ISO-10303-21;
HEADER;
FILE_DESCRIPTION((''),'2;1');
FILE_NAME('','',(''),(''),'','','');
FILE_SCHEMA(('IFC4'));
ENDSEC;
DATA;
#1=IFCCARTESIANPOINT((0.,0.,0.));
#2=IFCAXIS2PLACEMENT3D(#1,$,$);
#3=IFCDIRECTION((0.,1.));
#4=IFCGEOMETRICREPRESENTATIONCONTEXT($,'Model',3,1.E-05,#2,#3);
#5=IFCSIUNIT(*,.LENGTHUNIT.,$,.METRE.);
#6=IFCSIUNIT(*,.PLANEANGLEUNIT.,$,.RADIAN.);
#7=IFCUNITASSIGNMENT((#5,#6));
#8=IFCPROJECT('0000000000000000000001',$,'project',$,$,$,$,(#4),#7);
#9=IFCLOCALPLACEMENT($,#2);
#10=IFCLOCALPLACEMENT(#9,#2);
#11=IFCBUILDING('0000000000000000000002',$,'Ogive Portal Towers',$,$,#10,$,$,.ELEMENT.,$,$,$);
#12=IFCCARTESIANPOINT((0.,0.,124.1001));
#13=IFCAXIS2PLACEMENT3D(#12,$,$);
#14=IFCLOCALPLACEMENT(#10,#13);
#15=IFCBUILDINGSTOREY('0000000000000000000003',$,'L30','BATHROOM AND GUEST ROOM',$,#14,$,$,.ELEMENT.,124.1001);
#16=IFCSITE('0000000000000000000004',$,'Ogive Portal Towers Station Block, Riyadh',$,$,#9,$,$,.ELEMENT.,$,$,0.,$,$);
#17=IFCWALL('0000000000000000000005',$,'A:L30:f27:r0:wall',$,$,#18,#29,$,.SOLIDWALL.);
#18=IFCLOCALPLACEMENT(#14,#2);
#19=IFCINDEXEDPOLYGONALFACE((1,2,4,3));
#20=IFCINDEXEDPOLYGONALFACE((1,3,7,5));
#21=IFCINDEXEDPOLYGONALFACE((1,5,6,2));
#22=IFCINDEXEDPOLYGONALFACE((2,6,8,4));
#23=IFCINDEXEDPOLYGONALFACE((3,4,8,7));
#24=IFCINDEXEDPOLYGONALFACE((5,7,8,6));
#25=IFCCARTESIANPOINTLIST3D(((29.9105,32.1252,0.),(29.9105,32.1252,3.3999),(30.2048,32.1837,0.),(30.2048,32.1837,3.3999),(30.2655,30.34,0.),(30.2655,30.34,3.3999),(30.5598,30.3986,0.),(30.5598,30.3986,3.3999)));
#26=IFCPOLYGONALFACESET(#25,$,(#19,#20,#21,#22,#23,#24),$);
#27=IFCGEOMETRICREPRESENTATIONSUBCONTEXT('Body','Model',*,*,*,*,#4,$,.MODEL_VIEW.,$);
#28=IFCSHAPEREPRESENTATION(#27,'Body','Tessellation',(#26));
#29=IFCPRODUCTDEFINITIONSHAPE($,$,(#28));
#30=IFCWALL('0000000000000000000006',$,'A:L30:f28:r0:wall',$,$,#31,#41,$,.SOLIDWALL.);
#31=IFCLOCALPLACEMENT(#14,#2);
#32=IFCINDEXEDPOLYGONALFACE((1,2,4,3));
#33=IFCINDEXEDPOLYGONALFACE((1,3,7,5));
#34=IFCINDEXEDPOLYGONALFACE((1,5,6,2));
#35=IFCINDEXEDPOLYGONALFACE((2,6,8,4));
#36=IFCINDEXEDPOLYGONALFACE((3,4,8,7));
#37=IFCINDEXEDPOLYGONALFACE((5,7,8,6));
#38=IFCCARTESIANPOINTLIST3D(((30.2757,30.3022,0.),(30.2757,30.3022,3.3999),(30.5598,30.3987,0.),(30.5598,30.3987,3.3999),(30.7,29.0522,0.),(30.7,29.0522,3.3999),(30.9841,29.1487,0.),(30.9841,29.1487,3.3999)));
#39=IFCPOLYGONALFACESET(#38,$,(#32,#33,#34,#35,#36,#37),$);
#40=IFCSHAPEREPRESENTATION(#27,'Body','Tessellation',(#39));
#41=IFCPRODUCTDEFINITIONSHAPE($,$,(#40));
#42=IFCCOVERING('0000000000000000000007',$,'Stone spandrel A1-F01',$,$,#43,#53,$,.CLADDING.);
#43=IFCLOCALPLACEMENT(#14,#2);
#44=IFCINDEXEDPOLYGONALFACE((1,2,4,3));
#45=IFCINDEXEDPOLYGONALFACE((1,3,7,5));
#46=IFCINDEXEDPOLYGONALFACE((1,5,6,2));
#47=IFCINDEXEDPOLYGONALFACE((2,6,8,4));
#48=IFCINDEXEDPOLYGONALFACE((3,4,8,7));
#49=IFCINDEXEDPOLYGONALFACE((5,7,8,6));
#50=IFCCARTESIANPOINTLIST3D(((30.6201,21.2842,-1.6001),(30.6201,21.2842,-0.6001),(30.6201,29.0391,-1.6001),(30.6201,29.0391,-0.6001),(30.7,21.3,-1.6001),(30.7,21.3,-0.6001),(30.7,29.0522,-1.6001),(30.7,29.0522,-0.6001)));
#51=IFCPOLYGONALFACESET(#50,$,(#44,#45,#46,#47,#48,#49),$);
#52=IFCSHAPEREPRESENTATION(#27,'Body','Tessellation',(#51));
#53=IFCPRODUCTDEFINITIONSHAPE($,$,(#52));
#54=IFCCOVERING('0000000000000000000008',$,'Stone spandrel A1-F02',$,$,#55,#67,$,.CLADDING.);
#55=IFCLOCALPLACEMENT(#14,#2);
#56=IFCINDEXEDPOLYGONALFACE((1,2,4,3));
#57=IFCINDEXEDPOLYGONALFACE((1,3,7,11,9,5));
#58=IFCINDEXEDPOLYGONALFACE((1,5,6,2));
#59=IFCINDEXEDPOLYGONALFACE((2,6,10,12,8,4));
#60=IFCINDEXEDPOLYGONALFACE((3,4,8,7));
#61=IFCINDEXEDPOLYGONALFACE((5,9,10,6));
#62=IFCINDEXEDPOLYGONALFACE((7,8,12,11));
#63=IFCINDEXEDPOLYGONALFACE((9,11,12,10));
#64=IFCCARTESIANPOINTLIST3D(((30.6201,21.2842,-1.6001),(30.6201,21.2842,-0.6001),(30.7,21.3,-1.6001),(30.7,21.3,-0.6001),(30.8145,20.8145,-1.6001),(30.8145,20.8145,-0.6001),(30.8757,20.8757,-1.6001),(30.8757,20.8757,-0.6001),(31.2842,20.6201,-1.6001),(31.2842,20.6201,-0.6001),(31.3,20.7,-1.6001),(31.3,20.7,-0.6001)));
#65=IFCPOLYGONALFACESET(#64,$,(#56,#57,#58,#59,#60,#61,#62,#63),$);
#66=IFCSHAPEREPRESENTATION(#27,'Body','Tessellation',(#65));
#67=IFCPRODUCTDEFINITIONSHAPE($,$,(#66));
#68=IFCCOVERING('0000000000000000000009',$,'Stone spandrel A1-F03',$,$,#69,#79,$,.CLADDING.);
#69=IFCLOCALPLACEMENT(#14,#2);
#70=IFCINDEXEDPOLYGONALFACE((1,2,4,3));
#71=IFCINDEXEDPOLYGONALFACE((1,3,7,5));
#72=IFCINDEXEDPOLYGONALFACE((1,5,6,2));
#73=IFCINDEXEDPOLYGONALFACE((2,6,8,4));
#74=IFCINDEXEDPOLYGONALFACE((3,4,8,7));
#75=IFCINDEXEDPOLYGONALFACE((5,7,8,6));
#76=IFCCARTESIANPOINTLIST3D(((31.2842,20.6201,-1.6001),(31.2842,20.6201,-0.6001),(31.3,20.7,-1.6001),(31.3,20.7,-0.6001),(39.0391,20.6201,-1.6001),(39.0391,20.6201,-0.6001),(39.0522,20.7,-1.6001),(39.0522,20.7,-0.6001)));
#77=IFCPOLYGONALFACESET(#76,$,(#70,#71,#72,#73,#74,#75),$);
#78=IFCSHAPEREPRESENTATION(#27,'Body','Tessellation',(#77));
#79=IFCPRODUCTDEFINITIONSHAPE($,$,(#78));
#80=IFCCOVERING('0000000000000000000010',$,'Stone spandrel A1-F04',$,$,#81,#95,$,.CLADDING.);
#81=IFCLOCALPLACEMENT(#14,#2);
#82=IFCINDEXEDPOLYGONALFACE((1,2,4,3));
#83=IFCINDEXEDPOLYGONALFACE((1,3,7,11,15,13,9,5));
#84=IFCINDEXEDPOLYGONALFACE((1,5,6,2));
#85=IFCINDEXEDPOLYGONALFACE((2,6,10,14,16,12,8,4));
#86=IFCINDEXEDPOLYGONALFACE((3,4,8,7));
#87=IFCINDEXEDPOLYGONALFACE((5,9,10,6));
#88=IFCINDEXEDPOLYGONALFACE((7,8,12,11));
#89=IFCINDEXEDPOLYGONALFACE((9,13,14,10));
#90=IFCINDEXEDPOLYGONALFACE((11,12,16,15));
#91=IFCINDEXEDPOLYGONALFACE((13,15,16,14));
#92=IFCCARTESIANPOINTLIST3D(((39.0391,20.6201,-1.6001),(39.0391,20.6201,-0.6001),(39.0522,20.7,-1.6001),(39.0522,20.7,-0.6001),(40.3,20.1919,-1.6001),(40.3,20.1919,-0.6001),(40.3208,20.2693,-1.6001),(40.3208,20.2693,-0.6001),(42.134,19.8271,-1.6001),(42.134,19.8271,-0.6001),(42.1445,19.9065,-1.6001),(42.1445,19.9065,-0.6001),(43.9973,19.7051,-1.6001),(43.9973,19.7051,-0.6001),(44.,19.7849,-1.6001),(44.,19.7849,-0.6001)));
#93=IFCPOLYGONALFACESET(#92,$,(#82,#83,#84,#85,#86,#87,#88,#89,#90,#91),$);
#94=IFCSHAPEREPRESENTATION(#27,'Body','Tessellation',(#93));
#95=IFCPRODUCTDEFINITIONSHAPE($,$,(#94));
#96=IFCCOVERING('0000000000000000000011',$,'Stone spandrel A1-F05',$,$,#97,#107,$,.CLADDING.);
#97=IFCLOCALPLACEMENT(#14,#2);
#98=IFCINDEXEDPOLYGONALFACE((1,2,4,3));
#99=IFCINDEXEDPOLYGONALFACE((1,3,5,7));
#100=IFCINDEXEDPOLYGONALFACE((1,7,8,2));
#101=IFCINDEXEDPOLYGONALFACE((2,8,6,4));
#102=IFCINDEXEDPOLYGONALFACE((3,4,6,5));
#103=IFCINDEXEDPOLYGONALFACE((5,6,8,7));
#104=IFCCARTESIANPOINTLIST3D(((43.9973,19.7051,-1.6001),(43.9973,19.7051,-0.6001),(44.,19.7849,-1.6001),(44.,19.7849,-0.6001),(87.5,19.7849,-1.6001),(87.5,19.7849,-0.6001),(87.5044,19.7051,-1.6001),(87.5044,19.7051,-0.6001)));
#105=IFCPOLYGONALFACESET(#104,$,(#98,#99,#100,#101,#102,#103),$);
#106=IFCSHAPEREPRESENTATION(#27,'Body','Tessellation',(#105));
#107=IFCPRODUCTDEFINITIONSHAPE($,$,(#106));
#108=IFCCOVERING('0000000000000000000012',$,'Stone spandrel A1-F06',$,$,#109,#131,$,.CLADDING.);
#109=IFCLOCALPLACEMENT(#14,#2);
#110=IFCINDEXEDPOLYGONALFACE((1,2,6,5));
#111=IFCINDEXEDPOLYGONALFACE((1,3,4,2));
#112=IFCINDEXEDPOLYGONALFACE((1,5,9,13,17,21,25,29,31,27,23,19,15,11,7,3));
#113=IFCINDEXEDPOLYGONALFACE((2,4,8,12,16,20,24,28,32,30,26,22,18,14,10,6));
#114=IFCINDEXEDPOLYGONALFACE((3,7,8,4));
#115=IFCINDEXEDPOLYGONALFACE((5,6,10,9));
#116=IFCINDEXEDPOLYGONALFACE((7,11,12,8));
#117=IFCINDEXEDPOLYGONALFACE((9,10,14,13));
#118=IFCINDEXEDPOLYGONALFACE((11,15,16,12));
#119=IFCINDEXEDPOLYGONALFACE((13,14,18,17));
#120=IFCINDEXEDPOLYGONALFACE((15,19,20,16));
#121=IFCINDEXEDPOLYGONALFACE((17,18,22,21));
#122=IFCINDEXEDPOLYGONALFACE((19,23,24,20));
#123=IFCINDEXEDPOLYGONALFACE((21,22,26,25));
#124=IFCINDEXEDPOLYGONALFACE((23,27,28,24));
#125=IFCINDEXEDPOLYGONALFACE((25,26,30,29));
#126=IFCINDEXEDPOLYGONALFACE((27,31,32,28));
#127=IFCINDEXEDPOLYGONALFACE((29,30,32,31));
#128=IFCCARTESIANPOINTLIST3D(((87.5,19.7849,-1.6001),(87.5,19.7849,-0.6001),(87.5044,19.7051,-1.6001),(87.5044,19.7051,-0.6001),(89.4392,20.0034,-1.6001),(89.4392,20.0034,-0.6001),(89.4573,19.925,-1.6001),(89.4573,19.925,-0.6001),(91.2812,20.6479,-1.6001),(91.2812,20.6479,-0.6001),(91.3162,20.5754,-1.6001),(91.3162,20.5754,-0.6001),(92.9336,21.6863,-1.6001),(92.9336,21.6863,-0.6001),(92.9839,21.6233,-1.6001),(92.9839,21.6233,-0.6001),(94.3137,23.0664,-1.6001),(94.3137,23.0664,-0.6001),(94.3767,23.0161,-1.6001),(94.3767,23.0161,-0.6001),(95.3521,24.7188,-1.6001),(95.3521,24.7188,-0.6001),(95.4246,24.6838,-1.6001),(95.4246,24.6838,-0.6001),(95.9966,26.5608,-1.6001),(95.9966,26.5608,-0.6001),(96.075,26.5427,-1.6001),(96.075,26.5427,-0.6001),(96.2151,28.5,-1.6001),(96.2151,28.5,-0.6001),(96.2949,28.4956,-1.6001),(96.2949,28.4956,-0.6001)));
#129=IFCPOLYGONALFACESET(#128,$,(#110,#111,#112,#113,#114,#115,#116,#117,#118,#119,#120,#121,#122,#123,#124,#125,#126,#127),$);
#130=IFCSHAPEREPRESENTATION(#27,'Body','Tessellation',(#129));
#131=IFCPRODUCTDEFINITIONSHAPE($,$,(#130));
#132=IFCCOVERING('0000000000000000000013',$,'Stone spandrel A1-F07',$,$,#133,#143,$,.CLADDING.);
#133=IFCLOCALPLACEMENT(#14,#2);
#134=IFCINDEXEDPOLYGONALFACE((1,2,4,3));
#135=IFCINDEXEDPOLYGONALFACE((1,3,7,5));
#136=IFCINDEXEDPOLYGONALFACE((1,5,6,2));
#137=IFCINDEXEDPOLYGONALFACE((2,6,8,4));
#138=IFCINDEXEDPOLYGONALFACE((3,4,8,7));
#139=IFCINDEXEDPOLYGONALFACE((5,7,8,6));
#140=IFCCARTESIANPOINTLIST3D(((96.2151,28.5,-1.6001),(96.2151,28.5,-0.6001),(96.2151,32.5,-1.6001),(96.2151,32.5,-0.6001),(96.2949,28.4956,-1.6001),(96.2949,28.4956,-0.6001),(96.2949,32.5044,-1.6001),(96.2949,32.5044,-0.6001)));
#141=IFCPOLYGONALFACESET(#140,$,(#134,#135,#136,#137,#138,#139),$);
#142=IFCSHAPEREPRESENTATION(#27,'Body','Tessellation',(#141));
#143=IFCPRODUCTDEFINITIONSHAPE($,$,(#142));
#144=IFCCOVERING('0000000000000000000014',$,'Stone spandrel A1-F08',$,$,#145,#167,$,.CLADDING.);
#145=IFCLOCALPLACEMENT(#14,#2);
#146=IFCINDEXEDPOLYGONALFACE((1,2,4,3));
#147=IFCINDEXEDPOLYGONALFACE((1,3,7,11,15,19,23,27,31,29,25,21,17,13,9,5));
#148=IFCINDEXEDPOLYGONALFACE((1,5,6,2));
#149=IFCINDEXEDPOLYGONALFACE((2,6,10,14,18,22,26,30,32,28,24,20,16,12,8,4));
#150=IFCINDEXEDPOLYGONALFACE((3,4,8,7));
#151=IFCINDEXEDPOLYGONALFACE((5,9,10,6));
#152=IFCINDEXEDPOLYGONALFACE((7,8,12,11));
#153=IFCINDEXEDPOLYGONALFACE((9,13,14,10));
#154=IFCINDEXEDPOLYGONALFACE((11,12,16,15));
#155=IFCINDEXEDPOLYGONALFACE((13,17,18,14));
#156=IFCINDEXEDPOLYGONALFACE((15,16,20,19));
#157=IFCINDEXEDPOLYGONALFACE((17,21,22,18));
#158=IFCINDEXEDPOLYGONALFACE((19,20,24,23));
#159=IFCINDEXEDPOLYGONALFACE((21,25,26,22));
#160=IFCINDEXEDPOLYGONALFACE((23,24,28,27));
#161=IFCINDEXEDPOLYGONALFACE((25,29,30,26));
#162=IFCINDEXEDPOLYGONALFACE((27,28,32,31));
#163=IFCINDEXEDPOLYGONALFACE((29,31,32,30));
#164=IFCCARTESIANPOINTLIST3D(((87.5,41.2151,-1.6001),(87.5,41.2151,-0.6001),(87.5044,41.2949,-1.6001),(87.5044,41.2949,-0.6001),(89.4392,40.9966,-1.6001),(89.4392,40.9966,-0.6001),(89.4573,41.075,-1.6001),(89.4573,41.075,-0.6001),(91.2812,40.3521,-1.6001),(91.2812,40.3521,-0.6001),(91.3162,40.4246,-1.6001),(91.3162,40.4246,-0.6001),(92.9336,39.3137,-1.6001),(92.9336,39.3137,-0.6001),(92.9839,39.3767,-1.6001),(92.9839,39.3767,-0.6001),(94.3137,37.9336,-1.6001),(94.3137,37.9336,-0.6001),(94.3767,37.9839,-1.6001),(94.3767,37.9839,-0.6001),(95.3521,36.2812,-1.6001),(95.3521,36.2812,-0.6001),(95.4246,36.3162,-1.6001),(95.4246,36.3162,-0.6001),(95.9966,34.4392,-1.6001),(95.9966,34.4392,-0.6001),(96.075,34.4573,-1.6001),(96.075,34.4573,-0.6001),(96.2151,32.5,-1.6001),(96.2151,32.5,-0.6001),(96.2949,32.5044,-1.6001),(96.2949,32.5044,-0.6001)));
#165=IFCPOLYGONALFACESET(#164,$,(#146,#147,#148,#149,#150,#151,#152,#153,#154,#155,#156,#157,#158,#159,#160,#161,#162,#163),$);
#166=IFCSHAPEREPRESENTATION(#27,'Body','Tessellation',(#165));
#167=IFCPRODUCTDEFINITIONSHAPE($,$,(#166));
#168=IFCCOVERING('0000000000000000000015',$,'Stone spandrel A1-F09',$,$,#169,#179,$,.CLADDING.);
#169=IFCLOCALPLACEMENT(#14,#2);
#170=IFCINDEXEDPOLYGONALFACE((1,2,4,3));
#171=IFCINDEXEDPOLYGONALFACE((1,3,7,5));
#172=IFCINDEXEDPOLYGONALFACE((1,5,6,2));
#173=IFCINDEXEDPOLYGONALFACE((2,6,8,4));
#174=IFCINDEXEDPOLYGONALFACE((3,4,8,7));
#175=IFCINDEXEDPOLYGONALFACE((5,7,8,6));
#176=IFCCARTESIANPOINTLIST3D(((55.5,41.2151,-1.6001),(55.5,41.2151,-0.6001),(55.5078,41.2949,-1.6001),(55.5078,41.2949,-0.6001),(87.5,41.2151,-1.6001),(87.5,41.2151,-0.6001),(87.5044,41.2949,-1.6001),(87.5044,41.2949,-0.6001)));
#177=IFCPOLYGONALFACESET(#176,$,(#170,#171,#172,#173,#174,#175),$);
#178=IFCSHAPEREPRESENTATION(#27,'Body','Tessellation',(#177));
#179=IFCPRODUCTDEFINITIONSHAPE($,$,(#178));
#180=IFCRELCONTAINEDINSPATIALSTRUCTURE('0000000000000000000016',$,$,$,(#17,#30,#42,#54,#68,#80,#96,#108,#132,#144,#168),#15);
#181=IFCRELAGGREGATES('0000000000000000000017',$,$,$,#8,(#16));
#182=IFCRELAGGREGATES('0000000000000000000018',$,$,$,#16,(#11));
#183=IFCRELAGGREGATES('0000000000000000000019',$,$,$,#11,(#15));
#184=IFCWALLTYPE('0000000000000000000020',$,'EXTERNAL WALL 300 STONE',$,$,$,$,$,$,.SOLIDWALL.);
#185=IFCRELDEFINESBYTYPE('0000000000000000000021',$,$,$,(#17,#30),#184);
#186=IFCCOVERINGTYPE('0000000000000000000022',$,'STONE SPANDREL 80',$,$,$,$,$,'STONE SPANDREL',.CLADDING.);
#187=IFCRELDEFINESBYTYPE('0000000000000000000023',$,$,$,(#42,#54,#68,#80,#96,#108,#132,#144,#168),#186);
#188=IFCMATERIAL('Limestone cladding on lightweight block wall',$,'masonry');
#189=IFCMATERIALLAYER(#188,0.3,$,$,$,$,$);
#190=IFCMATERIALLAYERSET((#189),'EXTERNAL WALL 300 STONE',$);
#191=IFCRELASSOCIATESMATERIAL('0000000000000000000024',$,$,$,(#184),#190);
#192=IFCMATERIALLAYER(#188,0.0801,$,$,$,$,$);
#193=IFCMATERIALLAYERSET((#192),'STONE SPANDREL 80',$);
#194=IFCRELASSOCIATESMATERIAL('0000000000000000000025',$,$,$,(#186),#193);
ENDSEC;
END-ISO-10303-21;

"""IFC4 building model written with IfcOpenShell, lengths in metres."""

from ifc_helpers import new_model, si_unit, direction, frame, frame_2d, origin, place, context, subcontext, project, spatial, polyline, rectangle, outline, extrude, material, layer, layer_set, type_object, element, save


model = new_model("IFC4")

# Units and contexts
model_context = context("Model", 3, precision=1e-05, world=origin(), true_north=direction((0.0, 1.0)))
body_context = subcontext(model_context, "Body", "Model", "MODEL_VIEW")
ifc_project = project(units=[si_unit("LENGTHUNIT", "METRE"), si_unit("PLANEANGLEUNIT", "RADIAN")], contexts=[model_context])

# Site, building, storey
site_placement = place(None, origin())
site = spatial("IfcSite", under=ifc_project, at=site_placement, Name="Ogive Portal Towers Station Block, Riyadh", CompositionType="ELEMENT", RefElevation=0.0)
building_placement = place(site_placement, origin())
building = spatial("IfcBuilding", under=site, at=building_placement, Name="Ogive Portal Towers", CompositionType="ELEMENT")
storey_placement = place(building_placement, frame((0.0, 0.0, 124.1001)))
storey = spatial("IfcBuildingStorey", under=building, at=storey_placement, Name="L30", Description="BATHROOM AND GUEST ROOM", CompositionType="ELEMENT", Elevation=124.1001)

# Walls
ifc_material_1 = material(Name="Limestone cladding on lightweight block wall", Category="masonry")
ifc_layer_1 = layer(ifc_material_1, 0.3)
ifc_layer_set_1 = layer_set([ifc_layer_1], Name="EXTERNAL WALL 300 STONE")
wall_type = type_object("IfcWallType", Name="EXTERNAL WALL 300 STONE", PredefinedType="SOLIDWALL", material=ifc_layer_set_1)
wall_1_placement = place(storey_placement, frame((30.0576, 32.1545, 0.0), z_axis=(0.0, 0.0, 1.0), x_axis=(0.195033, -0.980797, 0.0)))
element("IfcWall", 1, at=wall_1_placement, inside=storey, type_object=wall_type, Name="A:L30:f27:r0:wall", PredefinedType="SOLIDWALL", context=body_context, shape_type="SweptSolid", body=[
    extrude(rectangle(XDim=1.8201, YDim=0.3, at=frame_2d((0.9102, 0.0))), origin(), (0.0, 0.0, 1.0), 3.3999),
])
wall_2_placement = place(storey_placement, frame((30.4177, 30.3506, 0.0), z_axis=(0.0, 0.0, 1.0), x_axis=(0.321439, -0.94693, 0.0)))
element("IfcWall", 2, at=wall_2_placement, inside=storey, type_object=wall_type, Name="A:L30:f28:r0:wall", PredefinedType="SOLIDWALL", context=body_context, shape_type="SweptSolid", body=[
    extrude(rectangle(XDim=1.3201, YDim=0.3, at=frame_2d((0.6602, 0.0))), origin(), (0.0, 0.0, 1.0), 3.3999),
])

# Coverings
ifc_layer_2 = layer(ifc_material_1, 0.0801)
ifc_layer_set_2 = layer_set([ifc_layer_2], Name="STONE SPANDREL 80")
covering_type_1 = type_object("IfcCoveringType", Name="STONE SPANDREL 80", ElementType="STONE SPANDREL", PredefinedType="CLADDING", material=ifc_layer_set_2)
covering_1_placement = place(storey_placement, frame((0.0, 0.0, -1.6001)))
element("IfcCovering", 3, at=covering_1_placement, inside=storey, type_object=covering_type_1, Name="Stone spandrel A1-F01", PredefinedType="CLADDING", context=body_context, shape_type="SweptSolid", body=[
    extrude(outline(polyline([(30.7, 29.0522), (30.7, 21.3), (30.6201, 21.2842), (30.6201, 29.0391), (30.7, 29.0522)])), origin(), (0.0, 0.0, 1.0), 1.0),
])
covering_2_placement = place(storey_placement, frame((0.0, 0.0, -1.6001)))
element("IfcCovering", 4, at=covering_2_placement, inside=storey, type_object=covering_type_1, Name="Stone spandrel A1-F02", PredefinedType="CLADDING", context=body_context, shape_type="SweptSolid", body=[
    extrude(outline(polyline([(30.7, 21.3), (30.8757, 20.8757), (31.3, 20.7), (31.2842, 20.6201), (30.8145, 20.8145), (30.6201, 21.2842), (30.7, 21.3)])), origin(), (0.0, 0.0, 1.0), 1.0),
])
covering_3_placement = place(storey_placement, frame((0.0, 0.0, -1.6001)))
element("IfcCovering", 5, at=covering_3_placement, inside=storey, type_object=covering_type_1, Name="Stone spandrel A1-F03", PredefinedType="CLADDING", context=body_context, shape_type="SweptSolid", body=[
    extrude(outline(polyline([(31.3, 20.7), (39.0522, 20.7), (39.0391, 20.6201), (31.2842, 20.6201), (31.3, 20.7)])), origin(), (0.0, 0.0, 1.0), 1.0),
])
covering_4_placement = place(storey_placement, frame((0.0, 0.0, -1.6001)))
element("IfcCovering", 6, at=covering_4_placement, inside=storey, type_object=covering_type_1, Name="Stone spandrel A1-F04", PredefinedType="CLADDING", context=body_context, shape_type="SweptSolid", body=[
    extrude(outline(polyline([(39.0522, 20.7), (40.3208, 20.2693), (42.1445, 19.9065), (44.0, 19.7849), (43.9973, 19.7051), (42.134, 19.8271), (40.3, 20.1919), (39.0391, 20.6201), (39.0522, 20.7)])), origin(), (0.0, 0.0, 1.0), 1.0),
])
covering_5_placement = place(storey_placement, frame((0.0, 0.0, -1.6001)))
element("IfcCovering", 7, at=covering_5_placement, inside=storey, type_object=covering_type_1, Name="Stone spandrel A1-F05", PredefinedType="CLADDING", context=body_context, shape_type="SweptSolid", body=[
    extrude(outline(polyline([(44.0, 19.7849), (87.5, 19.7849), (87.5044, 19.7051), (43.9973, 19.7051), (44.0, 19.7849)])), origin(), (0.0, 0.0, 1.0), 1.0),
])
covering_6_placement = place(storey_placement, frame((0.0, 0.0, -1.6001)))
element("IfcCovering", 8, at=covering_6_placement, inside=storey, type_object=covering_type_1, Name="Stone spandrel A1-F06", PredefinedType="CLADDING", context=body_context, shape_type="SweptSolid", body=[
    extrude(outline(polyline([(87.5, 19.7849), (89.4392, 20.0034), (91.2812, 20.6479), (92.9336, 21.6863), (94.3137, 23.0664), (95.3521, 24.7188), (95.9966, 26.5608), (96.2151, 28.5), (96.2949, 28.4956), (96.075, 26.5427), (95.4246, 24.6838), (94.3767, 23.0161), (92.9839, 21.6233), (91.3162, 20.5754), (89.4573, 19.925), (87.5044, 19.7051), (87.5, 19.7849)])), origin(), (0.0, 0.0, 1.0), 1.0),
])
covering_7_placement = place(storey_placement, frame((0.0, 0.0, -1.6001)))
element("IfcCovering", 9, at=covering_7_placement, inside=storey, type_object=covering_type_1, Name="Stone spandrel A1-F07", PredefinedType="CLADDING", context=body_context, shape_type="SweptSolid", body=[
    extrude(outline(polyline([(96.2151, 28.5), (96.2151, 32.5), (96.2949, 32.5044), (96.2949, 28.4956), (96.2151, 28.5)])), origin(), (0.0, 0.0, 1.0), 1.0),
])
covering_8_placement = place(storey_placement, frame((0.0, 0.0, -1.6001)))
element("IfcCovering", 10, at=covering_8_placement, inside=storey, type_object=covering_type_1, Name="Stone spandrel A1-F08", PredefinedType="CLADDING", context=body_context, shape_type="SweptSolid", body=[
    extrude(outline(polyline([(96.2151, 32.5), (95.9966, 34.4392), (95.3521, 36.2812), (94.3137, 37.9336), (92.9336, 39.3137), (91.2812, 40.3521), (89.4392, 40.9966), (87.5, 41.2151), (87.5044, 41.2949), (89.4573, 41.075), (91.3162, 40.4246), (92.9839, 39.3767), (94.3767, 37.9839), (95.4246, 36.3162), (96.075, 34.4573), (96.2949, 32.5044), (96.2151, 32.5)])), origin(), (0.0, 0.0, 1.0), 1.0),
])
covering_9_placement = place(storey_placement, frame((0.0, 0.0, -1.6001)))
element("IfcCovering", 11, at=covering_9_placement, inside=storey, type_object=covering_type_1, Name="Stone spandrel A1-F09", PredefinedType="CLADDING", context=body_context, shape_type="SweptSolid", body=[
    extrude(outline(polyline([(87.5, 41.2151), (55.5, 41.2151), (55.5078, 41.2949), (87.5044, 41.2949), (87.5, 41.2151)])), origin(), (0.0, 0.0, 1.0), 1.0),
])

save(model, "model.ifc")
